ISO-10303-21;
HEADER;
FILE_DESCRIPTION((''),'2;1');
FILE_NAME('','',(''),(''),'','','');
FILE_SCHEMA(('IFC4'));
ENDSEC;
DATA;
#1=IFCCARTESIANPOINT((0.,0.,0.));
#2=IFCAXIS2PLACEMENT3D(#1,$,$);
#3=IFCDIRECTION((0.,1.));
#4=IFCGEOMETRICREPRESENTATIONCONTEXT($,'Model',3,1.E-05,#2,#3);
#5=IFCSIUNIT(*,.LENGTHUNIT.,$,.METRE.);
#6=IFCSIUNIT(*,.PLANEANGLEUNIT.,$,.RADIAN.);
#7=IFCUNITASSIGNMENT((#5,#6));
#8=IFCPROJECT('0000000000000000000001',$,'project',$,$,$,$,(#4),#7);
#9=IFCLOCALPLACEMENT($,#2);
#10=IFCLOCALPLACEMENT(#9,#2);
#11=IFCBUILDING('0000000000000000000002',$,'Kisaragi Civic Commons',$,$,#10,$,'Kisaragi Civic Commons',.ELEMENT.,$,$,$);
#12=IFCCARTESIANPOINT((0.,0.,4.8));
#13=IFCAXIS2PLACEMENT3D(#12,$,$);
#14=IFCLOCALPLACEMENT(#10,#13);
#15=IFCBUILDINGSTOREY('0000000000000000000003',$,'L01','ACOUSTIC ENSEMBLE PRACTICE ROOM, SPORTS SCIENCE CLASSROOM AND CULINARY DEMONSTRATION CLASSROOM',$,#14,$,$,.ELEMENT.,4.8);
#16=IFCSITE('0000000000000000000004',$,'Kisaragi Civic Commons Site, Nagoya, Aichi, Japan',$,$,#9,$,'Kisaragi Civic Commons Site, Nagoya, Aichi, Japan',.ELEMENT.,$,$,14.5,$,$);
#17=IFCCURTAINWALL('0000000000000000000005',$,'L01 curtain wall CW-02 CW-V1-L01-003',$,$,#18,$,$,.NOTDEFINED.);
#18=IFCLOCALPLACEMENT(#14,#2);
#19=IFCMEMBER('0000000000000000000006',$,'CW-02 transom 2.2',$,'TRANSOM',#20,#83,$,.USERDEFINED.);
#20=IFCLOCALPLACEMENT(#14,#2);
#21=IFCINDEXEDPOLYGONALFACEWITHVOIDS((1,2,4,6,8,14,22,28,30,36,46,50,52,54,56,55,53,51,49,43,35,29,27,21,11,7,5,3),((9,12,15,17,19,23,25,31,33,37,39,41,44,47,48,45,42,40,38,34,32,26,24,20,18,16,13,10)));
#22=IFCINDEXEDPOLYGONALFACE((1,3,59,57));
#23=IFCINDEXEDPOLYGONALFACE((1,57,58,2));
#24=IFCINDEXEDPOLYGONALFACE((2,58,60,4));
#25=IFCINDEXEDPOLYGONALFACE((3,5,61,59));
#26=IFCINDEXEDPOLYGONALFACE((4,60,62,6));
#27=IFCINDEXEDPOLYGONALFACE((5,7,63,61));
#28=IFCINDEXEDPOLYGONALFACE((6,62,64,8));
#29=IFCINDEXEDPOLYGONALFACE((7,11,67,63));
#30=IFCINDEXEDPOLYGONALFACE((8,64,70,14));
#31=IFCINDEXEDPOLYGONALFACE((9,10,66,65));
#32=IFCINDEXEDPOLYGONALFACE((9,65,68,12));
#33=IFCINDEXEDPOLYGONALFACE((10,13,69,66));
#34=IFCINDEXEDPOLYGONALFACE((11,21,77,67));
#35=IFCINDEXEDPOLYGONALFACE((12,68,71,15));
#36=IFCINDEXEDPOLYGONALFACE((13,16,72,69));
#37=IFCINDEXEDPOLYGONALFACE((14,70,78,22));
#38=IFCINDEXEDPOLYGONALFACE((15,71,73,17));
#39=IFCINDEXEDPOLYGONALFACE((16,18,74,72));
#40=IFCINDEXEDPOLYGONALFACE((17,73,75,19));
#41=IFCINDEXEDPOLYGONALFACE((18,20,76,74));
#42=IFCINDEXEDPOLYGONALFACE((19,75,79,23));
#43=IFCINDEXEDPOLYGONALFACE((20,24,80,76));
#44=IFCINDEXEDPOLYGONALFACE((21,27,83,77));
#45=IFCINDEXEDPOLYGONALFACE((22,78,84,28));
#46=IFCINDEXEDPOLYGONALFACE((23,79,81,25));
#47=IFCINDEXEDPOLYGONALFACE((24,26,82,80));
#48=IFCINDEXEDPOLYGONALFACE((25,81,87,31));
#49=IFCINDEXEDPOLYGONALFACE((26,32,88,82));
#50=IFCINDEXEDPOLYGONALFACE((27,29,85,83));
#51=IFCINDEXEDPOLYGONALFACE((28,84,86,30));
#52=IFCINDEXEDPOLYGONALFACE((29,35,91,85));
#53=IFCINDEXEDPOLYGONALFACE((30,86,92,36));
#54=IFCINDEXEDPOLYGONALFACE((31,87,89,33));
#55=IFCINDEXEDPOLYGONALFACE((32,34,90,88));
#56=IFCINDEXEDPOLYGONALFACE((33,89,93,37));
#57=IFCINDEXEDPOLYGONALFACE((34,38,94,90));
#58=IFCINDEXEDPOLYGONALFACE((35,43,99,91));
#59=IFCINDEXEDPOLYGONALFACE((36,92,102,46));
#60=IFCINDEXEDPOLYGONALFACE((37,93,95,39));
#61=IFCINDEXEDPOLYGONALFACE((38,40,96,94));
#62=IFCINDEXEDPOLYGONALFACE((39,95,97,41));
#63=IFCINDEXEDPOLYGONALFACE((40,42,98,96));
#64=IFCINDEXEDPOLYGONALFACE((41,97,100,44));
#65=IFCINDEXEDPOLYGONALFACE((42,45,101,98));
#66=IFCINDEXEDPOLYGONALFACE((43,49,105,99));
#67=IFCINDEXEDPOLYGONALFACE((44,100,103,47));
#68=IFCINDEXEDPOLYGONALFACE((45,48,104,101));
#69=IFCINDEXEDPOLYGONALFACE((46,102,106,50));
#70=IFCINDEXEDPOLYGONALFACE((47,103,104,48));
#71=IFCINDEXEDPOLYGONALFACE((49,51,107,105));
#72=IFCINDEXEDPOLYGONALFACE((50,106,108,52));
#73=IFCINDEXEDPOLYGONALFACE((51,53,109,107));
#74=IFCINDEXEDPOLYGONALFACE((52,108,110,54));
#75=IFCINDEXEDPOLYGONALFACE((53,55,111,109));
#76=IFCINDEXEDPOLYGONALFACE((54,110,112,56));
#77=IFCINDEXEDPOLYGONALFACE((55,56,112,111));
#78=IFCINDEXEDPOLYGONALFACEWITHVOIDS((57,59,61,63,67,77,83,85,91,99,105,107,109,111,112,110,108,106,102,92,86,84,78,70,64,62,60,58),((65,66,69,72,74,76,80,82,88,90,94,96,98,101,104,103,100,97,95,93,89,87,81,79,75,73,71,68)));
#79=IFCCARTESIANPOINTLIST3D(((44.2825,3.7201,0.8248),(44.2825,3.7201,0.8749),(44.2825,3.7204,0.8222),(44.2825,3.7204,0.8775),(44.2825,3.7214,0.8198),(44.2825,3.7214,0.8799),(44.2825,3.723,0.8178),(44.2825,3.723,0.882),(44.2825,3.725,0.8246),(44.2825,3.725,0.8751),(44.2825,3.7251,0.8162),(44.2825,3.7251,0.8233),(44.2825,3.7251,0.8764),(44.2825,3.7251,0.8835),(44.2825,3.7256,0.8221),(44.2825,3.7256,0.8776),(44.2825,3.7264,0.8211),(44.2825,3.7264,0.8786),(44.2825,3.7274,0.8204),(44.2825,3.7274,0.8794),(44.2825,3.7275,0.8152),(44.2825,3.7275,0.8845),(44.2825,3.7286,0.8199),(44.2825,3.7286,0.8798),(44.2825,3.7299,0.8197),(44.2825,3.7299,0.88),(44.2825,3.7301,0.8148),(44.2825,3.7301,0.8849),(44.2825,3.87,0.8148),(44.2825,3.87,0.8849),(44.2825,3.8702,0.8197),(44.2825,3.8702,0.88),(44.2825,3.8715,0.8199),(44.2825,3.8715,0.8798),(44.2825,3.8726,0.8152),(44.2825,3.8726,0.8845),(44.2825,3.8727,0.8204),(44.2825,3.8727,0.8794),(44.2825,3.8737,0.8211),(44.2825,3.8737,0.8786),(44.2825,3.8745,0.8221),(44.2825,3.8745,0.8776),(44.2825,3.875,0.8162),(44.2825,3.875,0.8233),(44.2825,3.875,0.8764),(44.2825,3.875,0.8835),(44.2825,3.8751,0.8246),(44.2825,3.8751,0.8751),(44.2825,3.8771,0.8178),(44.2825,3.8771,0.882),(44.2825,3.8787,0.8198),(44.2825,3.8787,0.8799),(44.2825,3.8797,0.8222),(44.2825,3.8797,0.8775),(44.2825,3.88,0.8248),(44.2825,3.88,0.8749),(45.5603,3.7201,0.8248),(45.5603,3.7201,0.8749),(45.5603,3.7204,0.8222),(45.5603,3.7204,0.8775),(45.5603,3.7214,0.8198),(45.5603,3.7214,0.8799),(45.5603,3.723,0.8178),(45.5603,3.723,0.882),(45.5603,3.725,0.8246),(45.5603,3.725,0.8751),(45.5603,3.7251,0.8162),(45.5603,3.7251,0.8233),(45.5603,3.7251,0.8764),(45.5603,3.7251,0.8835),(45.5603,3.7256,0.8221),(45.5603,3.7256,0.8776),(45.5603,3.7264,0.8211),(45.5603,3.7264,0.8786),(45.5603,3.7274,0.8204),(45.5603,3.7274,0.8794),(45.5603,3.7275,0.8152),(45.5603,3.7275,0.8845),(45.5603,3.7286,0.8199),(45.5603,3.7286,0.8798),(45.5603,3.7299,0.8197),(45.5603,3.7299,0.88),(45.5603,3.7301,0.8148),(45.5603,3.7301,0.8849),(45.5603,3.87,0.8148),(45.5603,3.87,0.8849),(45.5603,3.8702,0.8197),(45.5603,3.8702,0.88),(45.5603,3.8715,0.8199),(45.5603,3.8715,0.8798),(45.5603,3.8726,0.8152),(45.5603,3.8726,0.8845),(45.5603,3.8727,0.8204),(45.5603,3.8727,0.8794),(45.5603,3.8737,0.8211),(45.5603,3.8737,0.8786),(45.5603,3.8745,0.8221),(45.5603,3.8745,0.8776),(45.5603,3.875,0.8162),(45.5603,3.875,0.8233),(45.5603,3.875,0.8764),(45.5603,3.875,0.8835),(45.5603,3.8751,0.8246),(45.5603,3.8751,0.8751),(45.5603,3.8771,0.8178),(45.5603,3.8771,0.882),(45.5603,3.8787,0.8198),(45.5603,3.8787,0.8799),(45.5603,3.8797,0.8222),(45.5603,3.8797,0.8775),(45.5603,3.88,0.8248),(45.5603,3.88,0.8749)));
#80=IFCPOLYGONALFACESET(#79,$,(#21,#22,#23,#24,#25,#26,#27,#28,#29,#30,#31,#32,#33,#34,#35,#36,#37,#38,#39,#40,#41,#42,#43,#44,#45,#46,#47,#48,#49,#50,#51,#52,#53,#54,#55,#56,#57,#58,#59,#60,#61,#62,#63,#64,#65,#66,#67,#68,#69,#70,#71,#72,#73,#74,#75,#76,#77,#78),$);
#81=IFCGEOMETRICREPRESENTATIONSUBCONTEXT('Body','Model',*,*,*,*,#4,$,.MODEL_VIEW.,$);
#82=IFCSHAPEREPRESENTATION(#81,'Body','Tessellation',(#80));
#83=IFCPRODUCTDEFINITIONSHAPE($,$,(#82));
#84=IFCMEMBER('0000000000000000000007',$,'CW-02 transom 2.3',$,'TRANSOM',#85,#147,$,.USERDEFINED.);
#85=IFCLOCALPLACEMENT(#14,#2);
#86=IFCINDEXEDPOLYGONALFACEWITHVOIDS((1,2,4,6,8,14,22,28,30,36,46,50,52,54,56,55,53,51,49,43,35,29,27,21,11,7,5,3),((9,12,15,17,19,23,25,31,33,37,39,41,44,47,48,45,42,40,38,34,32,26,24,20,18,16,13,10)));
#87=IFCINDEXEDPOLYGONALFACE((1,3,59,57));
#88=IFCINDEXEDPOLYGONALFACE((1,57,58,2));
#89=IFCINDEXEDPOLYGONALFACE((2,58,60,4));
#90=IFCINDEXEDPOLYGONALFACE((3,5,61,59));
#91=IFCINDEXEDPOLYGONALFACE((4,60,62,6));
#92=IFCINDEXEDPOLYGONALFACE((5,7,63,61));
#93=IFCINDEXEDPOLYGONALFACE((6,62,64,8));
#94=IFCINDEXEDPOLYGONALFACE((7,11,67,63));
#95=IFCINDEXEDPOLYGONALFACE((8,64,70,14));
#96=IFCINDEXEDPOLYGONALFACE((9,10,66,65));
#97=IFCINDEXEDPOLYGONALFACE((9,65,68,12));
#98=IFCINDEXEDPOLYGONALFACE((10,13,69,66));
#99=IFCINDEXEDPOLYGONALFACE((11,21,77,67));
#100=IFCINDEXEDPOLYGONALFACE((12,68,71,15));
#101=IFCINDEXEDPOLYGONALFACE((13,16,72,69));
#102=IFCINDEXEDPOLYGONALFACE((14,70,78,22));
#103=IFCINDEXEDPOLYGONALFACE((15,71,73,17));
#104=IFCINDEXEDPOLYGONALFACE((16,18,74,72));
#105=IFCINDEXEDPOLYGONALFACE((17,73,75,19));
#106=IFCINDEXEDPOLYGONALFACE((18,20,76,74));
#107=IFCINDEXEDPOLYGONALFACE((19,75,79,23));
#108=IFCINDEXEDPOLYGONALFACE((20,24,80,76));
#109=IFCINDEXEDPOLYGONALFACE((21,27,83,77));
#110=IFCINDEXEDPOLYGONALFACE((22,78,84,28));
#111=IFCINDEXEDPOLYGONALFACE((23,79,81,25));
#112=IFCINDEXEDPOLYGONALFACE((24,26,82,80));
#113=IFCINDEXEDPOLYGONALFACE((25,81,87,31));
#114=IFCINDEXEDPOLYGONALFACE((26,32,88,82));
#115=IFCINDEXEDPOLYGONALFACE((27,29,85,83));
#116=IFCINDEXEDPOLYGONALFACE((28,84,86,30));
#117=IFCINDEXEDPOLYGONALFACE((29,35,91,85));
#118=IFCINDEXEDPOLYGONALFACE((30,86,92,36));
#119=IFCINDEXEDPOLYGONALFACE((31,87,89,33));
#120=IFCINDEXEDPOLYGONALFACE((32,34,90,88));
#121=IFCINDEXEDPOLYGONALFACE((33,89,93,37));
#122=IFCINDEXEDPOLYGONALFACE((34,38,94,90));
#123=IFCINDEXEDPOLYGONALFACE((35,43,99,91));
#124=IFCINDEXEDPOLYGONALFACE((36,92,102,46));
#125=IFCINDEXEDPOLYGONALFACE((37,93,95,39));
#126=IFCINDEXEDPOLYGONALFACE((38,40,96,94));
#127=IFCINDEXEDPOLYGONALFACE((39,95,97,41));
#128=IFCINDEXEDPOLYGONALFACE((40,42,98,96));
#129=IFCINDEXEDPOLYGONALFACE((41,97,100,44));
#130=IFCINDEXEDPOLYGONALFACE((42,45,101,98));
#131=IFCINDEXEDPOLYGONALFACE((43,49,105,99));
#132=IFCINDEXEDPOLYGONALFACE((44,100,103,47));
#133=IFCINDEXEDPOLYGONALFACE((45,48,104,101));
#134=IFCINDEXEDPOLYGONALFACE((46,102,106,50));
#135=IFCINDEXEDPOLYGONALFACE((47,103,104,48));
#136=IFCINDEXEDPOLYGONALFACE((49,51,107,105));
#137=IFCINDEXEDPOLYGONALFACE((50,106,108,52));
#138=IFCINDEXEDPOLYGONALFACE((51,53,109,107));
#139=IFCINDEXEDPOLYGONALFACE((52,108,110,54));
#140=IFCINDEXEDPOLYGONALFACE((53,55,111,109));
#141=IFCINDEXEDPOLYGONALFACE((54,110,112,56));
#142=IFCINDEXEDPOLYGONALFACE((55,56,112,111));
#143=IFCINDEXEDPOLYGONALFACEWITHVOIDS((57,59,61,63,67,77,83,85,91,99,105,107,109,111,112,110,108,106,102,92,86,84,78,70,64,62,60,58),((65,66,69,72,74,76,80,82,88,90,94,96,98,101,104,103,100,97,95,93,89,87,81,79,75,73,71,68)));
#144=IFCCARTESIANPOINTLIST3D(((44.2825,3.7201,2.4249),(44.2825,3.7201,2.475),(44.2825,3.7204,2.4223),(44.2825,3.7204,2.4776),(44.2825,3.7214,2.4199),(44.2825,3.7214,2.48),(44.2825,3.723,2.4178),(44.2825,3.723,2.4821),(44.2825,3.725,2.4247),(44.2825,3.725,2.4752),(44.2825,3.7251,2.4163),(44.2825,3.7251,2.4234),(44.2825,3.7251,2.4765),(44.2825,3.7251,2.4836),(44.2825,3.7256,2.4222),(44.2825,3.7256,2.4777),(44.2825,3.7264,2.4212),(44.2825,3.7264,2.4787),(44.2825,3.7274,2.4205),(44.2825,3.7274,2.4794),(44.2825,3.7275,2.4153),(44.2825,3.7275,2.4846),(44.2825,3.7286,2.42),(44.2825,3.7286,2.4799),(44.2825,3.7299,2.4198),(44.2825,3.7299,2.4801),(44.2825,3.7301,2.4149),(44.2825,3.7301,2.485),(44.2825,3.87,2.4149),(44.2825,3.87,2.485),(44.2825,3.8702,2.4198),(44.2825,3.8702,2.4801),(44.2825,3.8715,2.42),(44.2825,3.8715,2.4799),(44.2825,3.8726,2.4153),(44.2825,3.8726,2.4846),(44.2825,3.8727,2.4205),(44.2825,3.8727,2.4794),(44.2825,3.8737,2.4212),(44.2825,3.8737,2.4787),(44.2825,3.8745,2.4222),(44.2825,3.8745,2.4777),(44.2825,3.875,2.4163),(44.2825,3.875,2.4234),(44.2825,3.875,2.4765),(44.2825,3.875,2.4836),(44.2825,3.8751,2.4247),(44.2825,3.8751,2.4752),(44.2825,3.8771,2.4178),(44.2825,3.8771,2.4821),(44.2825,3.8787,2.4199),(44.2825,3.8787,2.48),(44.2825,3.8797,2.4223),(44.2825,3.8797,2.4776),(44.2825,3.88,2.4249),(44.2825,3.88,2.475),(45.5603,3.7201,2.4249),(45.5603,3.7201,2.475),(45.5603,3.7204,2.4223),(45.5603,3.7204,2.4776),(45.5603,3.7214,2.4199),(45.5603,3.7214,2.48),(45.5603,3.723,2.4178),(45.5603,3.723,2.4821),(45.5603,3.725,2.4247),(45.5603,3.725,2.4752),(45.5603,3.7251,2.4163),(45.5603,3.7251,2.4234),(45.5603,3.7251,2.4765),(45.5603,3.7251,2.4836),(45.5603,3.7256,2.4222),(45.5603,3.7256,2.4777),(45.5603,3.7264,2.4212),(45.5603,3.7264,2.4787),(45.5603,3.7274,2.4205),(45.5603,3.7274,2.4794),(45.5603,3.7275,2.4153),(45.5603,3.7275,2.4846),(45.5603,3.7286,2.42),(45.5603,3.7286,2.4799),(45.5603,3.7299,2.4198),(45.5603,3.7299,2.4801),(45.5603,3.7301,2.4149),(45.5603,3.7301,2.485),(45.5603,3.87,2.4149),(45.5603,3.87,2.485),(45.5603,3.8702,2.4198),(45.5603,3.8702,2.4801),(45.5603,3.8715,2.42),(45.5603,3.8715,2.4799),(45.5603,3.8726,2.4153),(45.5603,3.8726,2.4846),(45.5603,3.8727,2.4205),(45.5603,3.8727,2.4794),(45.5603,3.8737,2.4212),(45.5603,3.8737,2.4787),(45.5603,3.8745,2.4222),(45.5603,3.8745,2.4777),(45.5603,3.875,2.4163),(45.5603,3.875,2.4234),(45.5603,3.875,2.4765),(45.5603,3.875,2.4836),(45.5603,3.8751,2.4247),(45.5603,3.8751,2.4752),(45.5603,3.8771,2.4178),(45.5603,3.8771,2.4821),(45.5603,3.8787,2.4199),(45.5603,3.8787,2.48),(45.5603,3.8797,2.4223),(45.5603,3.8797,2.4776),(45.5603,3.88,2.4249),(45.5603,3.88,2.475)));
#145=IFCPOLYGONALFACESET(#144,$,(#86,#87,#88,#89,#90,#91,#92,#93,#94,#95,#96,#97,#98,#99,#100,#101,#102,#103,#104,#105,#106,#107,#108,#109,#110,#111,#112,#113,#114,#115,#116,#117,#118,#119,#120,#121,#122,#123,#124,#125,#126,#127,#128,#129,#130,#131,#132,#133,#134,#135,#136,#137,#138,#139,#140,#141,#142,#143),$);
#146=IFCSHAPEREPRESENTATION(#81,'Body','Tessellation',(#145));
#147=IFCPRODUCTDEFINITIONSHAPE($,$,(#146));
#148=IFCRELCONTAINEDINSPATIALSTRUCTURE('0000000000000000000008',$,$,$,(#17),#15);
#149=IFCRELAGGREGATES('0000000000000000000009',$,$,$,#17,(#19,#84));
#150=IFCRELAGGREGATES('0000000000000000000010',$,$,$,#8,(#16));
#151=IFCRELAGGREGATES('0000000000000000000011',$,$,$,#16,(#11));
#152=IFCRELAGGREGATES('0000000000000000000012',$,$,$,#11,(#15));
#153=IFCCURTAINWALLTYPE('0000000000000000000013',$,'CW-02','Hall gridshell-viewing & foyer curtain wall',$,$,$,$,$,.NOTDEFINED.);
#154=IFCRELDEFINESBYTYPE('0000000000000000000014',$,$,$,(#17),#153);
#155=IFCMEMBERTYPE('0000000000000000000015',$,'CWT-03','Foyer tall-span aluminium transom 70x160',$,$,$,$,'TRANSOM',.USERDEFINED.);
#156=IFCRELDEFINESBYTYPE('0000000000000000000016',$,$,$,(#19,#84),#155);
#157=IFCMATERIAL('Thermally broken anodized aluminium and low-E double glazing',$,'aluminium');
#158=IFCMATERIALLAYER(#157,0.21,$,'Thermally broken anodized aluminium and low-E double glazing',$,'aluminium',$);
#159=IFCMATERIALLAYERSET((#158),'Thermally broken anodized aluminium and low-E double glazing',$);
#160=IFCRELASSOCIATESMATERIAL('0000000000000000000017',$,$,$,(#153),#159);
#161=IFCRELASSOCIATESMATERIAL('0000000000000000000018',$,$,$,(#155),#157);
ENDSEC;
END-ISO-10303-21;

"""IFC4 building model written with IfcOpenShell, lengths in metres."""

from ifc_helpers import new_model, si_unit, direction, frame, origin, origin_2d, place, context, subcontext, project, spatial, hollow_rectangle, extrude, material, layer, layer_set, material_profile, profile_set, type_object, element, aggregate, save


model = new_model("IFC4")

# Units and contexts
model_context = context("Model", 3, precision=1e-05, world=origin(), true_north=direction((0.0, 1.0)))
body_context = subcontext(model_context, "Body", "Model", "MODEL_VIEW")
ifc_project = project(units=[si_unit("LENGTHUNIT", "METRE"), si_unit("PLANEANGLEUNIT", "RADIAN")], contexts=[model_context])

# Site, building, storey
site_placement = place(None, origin())
site = spatial("IfcSite", under=ifc_project, at=site_placement, Name="Kisaragi Civic Commons Site, Nagoya, Aichi, Japan", LongName="Kisaragi Civic Commons Site, Nagoya, Aichi, Japan", CompositionType="ELEMENT", RefElevation=14.5)
building_placement = place(site_placement, origin())
building = spatial("IfcBuilding", under=site, at=building_placement, Name="Kisaragi Civic Commons", LongName="Kisaragi Civic Commons", CompositionType="ELEMENT")
storey_placement = place(building_placement, frame((0.0, 0.0, 4.8)))
storey = spatial("IfcBuildingStorey", under=building, at=storey_placement, Name="L01", Description="ACOUSTIC ENSEMBLE PRACTICE ROOM, SPORTS SCIENCE CLASSROOM AND CULINARY DEMONSTRATION CLASSROOM", CompositionType="ELEMENT", Elevation=4.8)

# Shared definitions
ifc_material_1 = material(Name="Thermally broken anodized aluminium and low-E double glazing", Category="aluminium")
ifc_layer_1 = layer(ifc_material_1, 0.21, Name="Thermally broken anodized aluminium and low-E double glazing", Category="aluminium")
ifc_layer_set_1 = layer_set([ifc_layer_1], Name="Thermally broken anodized aluminium and low-E double glazing")
curtain_wall_type = type_object("IfcCurtainWallType", Name="CW-02", Description="Hall gridshell-viewing & foyer curtain wall", PredefinedType="NOTDEFINED", material=ifc_layer_set_1)

# Curtain wall, members
curtain_wall_1_placement = place(storey_placement, origin())
curtain_wall_1 = element("IfcCurtainWall", 1, at=curtain_wall_1_placement, inside=storey, type_object=curtain_wall_type, Name="L01 curtain wall CW-02 CW-V1-L01-003", PredefinedType="NOTDEFINED")
ifc_material_profile_1 = material_profile(ifc_material_1, hollow_rectangle(XDim=0.1599, YDim=0.0701, WallThickness=0.0049, InnerFilletRadius=0.0049, OuterFilletRadius=0.01, at=origin_2d()), Name="CWT-70x160x5", Category="aluminium")
ifc_profile_set_1 = profile_set([ifc_material_profile_1], Name="Thermally broken anodized aluminium and low-E double glazing")
member_type_1 = type_object("IfcMemberType", Name="CWT-03", Description="Foyer tall-span aluminium transom 70x160", ElementType="TRANSOM", PredefinedType="USERDEFINED", material=ifc_profile_set_1)
member_1_placement = place(storey_placement, frame((45.5603, 3.8, 0.8499), z_axis=(-1.0, 0.0, 0.0), x_axis=(0.0, -1.0, 0.0)))
member_1 = element("IfcMember", 2, at=member_1_placement, type_object=member_type_1, Name="CW-02 transom 2.2", ObjectType="TRANSOM", PredefinedType="USERDEFINED", context=body_context, shape_type="SweptSolid", body=[
    extrude(hollow_rectangle(XDim=0.1599, YDim=0.0701, WallThickness=0.0049, InnerFilletRadius=0.0049, OuterFilletRadius=0.01, at=origin_2d()), origin(), (0.0, 0.0, 1.0), 1.2778),
])
member_2_placement = place(storey_placement, frame((45.5603, 3.8, 2.45), z_axis=(-1.0, 0.0, 0.0), x_axis=(0.0, -1.0, 0.0)))
member_2 = element("IfcMember", 3, at=member_2_placement, type_object=member_type_1, Name="CW-02 transom 2.3", ObjectType="TRANSOM", PredefinedType="USERDEFINED", context=body_context, shape_type="SweptSolid", body=[
    extrude(hollow_rectangle(XDim=0.1599, YDim=0.0701, WallThickness=0.0049, InnerFilletRadius=0.0049, OuterFilletRadius=0.01, at=origin_2d()), origin(), (0.0, 0.0, 1.0), 1.2778),
])

aggregate(curtain_wall_1, [member_1, member_2])

save(model, "model.ifc")
